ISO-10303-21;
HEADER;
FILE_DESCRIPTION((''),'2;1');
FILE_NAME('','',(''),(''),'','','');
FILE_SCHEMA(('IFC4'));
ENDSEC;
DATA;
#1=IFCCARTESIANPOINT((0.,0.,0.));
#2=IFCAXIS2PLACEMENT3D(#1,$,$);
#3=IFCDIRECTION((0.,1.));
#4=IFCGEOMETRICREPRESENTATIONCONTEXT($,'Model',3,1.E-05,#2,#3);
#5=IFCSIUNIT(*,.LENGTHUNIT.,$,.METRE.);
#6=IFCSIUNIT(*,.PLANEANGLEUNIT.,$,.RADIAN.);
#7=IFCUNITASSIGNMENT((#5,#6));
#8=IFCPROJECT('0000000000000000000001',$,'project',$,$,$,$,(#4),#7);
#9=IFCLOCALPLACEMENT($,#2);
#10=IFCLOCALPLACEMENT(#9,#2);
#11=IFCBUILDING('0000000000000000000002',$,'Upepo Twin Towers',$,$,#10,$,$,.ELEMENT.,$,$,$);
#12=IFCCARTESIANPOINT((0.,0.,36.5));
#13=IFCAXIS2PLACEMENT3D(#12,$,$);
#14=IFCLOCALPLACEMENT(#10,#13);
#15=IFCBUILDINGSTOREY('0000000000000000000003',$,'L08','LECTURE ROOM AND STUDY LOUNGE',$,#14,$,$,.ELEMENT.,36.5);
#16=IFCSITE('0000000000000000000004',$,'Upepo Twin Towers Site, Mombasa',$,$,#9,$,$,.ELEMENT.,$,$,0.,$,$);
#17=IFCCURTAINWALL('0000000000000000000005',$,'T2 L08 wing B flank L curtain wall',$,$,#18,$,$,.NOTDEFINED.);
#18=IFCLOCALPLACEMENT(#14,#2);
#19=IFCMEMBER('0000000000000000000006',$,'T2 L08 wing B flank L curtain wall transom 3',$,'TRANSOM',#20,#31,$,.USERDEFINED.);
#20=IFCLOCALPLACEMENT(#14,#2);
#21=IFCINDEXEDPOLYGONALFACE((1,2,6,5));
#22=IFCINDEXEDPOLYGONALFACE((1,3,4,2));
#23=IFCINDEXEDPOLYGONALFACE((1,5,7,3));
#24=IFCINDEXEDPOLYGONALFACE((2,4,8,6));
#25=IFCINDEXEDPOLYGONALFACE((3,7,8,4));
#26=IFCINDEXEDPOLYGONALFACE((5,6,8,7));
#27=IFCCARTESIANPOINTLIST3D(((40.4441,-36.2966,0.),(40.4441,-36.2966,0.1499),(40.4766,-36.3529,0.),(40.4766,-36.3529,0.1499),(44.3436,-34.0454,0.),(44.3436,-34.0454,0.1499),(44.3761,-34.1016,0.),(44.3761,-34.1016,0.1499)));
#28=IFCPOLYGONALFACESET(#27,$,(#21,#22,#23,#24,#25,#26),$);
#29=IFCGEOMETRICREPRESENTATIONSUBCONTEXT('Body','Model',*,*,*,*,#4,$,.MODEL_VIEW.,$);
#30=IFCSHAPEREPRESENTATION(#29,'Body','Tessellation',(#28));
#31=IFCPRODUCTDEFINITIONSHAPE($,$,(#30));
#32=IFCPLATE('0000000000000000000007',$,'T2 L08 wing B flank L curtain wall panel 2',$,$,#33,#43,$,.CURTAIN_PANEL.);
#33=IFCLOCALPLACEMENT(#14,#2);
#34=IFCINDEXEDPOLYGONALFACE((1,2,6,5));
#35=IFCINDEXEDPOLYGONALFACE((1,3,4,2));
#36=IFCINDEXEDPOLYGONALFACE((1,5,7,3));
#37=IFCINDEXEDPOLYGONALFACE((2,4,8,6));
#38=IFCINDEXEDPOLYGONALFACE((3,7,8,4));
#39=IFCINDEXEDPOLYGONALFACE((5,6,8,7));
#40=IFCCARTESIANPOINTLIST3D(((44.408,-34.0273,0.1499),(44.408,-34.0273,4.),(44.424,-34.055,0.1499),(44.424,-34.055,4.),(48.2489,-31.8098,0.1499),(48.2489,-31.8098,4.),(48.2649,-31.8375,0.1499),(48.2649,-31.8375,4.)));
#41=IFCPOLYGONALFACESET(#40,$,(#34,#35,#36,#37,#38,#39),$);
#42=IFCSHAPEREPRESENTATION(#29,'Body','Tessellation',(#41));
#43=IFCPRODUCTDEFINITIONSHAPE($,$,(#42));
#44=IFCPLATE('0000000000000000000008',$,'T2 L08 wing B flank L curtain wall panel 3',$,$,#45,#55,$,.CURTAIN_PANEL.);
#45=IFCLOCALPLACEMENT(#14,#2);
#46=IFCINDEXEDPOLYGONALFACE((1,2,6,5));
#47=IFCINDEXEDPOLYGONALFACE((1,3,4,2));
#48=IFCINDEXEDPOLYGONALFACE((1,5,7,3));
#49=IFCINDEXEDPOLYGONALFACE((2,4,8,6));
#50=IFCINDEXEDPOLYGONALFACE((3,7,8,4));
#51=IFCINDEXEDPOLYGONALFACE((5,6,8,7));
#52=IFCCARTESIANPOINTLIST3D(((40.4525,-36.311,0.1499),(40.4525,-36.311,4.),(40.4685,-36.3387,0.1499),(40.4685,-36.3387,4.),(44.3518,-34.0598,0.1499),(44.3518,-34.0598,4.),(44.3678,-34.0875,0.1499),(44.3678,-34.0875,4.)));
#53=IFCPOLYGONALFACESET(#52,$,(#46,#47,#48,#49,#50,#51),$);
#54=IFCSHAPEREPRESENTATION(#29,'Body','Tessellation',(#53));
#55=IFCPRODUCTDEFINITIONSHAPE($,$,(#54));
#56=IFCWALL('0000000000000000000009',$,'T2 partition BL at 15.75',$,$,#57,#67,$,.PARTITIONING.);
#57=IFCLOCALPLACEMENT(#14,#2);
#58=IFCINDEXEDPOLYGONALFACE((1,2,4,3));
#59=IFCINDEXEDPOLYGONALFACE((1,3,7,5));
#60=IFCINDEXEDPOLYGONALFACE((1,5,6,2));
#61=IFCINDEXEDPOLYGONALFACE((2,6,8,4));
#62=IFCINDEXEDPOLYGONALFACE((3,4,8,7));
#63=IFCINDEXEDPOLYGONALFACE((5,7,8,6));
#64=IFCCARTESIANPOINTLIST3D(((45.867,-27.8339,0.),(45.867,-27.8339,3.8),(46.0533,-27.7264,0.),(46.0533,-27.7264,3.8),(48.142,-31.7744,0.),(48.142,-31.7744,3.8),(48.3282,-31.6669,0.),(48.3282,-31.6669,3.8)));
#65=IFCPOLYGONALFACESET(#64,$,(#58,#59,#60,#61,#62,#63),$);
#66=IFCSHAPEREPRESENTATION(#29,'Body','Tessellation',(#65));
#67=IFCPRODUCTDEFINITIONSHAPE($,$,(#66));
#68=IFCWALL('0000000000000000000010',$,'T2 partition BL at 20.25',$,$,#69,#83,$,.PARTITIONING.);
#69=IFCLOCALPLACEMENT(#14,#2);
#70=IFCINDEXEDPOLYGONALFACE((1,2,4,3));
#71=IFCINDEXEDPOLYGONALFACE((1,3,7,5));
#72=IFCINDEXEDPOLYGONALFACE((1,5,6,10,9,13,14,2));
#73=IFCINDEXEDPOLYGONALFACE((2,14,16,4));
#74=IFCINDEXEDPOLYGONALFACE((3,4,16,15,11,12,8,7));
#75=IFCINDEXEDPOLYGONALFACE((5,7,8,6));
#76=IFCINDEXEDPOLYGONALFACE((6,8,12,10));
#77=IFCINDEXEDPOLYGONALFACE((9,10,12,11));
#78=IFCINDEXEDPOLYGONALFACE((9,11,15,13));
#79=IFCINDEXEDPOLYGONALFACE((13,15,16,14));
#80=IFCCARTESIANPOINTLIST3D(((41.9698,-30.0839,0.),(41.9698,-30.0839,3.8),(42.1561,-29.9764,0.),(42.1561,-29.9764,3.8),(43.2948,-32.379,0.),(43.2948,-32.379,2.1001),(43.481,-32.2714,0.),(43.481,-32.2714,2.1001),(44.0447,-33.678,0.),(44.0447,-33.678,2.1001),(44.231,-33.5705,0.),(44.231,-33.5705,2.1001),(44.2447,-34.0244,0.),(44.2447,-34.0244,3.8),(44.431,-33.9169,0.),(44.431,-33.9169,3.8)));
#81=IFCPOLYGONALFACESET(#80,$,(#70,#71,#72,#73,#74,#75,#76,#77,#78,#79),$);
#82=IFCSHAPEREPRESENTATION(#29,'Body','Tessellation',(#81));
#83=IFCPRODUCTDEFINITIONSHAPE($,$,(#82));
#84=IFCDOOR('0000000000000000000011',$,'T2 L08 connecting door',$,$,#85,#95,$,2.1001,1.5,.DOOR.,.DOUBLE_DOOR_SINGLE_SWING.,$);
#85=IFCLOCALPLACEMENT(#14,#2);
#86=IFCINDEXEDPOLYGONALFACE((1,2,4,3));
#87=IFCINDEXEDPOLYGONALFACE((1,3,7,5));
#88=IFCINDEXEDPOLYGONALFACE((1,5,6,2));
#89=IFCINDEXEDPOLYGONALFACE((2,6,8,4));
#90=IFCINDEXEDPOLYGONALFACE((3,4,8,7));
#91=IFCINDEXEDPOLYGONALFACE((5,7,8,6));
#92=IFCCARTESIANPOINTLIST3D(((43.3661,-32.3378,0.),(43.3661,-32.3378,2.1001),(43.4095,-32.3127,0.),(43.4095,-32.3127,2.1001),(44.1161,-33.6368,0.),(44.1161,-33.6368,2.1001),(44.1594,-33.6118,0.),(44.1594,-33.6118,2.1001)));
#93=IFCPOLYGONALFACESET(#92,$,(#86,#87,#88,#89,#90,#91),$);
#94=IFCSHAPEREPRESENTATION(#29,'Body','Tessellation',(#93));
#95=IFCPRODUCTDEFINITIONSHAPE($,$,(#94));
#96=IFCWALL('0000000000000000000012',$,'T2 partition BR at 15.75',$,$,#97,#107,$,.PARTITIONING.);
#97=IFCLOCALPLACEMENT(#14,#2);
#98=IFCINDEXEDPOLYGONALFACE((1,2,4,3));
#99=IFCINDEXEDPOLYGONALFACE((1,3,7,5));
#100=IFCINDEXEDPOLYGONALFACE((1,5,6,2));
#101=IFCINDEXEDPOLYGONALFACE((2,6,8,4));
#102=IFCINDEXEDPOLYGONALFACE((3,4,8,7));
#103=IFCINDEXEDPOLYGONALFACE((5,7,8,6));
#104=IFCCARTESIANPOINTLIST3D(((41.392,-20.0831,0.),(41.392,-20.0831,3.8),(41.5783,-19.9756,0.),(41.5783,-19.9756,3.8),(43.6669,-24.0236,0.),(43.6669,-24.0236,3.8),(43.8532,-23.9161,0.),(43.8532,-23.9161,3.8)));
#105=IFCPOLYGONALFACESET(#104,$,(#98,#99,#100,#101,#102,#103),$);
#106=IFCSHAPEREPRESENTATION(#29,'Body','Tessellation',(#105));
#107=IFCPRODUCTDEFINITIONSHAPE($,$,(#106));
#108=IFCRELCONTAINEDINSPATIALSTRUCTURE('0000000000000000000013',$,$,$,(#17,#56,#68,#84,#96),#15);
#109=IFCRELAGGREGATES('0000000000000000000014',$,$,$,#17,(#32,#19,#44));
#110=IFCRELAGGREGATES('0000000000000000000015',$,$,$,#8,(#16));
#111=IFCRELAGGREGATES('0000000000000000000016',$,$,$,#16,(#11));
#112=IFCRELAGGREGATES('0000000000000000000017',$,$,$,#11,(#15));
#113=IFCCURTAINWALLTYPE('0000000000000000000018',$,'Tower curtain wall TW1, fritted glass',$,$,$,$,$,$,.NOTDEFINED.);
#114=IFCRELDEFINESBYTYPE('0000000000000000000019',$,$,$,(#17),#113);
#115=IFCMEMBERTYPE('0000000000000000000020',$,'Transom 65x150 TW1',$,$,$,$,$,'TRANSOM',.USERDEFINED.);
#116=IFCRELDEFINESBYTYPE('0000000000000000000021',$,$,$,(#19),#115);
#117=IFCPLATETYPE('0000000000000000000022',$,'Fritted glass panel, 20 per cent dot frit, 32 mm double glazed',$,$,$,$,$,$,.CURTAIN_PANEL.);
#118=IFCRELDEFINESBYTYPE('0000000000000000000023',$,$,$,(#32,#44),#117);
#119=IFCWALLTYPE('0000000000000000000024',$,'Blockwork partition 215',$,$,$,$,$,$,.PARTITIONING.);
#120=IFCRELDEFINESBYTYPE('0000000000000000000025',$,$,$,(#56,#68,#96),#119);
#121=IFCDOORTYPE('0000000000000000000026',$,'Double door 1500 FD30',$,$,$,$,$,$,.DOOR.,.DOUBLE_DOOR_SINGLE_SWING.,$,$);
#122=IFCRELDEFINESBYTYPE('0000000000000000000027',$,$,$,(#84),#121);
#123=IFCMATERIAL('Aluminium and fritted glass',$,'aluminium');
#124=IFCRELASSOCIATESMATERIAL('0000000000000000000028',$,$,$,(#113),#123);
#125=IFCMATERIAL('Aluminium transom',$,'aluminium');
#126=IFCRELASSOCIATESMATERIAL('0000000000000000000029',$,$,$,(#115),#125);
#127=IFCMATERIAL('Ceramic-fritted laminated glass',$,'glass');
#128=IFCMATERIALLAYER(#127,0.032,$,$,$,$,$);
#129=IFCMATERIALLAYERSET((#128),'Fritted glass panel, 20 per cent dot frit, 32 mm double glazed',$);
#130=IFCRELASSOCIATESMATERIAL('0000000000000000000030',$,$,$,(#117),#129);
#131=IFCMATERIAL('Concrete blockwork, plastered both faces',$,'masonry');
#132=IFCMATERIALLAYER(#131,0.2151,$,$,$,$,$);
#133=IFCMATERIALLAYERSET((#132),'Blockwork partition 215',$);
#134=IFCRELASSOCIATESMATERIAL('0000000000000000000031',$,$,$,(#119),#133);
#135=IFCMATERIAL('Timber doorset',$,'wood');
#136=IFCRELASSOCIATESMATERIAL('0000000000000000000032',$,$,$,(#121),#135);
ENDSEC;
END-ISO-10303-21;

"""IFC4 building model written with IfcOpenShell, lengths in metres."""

from ifc_helpers import new_model, si_unit, direction, frame, frame_2d, origin, origin_2d, place, context, subcontext, project, spatial, rectangle, extrude, material, layer, layer_set, material_profile, profile_set, type_object, element, fill, aggregate, save


model = new_model("IFC4")

# Units and contexts
model_context = context("Model", 3, precision=1e-05, world=origin(), true_north=direction((0.0, 1.0)))
body_context = subcontext(model_context, "Body", "Model", "MODEL_VIEW")
ifc_project = project(units=[si_unit("LENGTHUNIT", "METRE"), si_unit("PLANEANGLEUNIT", "RADIAN")], contexts=[model_context])

# Site, building, storey
site_placement = place(None, origin())
site = spatial("IfcSite", under=ifc_project, at=site_placement, Name="Upepo Twin Towers Site, Mombasa", CompositionType="ELEMENT", RefElevation=0.0)
building_placement = place(site_placement, origin())
building = spatial("IfcBuilding", under=site, at=building_placement, Name="Upepo Twin Towers", CompositionType="ELEMENT")
storey_placement = place(building_placement, frame((0.0, 0.0, 36.5)))
storey = spatial("IfcBuildingStorey", under=building, at=storey_placement, Name="L08", Description="LECTURE ROOM AND STUDY LOUNGE", CompositionType="ELEMENT", Elevation=36.5)

# Curtain wall, member, plates
ifc_material_1 = material(Name="Aluminium and fritted glass", Category="aluminium")
curtain_wall_type = type_object("IfcCurtainWallType", Name="Tower curtain wall TW1, fritted glass", PredefinedType="NOTDEFINED", material=ifc_material_1)
curtain_wall_placement = place(storey_placement, origin())
curtain_wall = element("IfcCurtainWall", 1, at=curtain_wall_placement, inside=storey, type_object=curtain_wall_type, Name="T2 L08 wing B flank L curtain wall", PredefinedType="NOTDEFINED")
ifc_material_2 = material(Name="Aluminium transom", Category="aluminium")
ifc_material_profile_1 = material_profile(ifc_material_2, rectangle(XDim=0.0649, YDim=0.1499, at=origin_2d()), Name="TRANSOM 65x150")
ifc_profile_set_1 = profile_set([ifc_material_profile_1], Name="Aluminium transom")
member_type_1 = type_object("IfcMemberType", Name="Transom 65x150 TW1", ElementType="TRANSOM", PredefinedType="USERDEFINED", material=ifc_profile_set_1)
member_1_placement = place(storey_placement, frame((44.3599, -34.0735, 0.075), z_axis=(-0.866036, -0.499982, 0.0), x_axis=(0.499982, -0.866036, 0.0)))
member_1 = element("IfcMember", 2, at=member_1_placement, type_object=member_type_1, Name="T2 L08 wing B flank L curtain wall transom 3", ObjectType="TRANSOM", PredefinedType="USERDEFINED", context=body_context, shape_type="SweptSolid", body=[
    extrude(rectangle(XDim=0.0649, YDim=0.1499, at=origin_2d()), origin(), (0.0, 0.0, 1.0), 4.5027),
])
ifc_material_3 = material(Name="Ceramic-fritted laminated glass", Category="glass")
ifc_layer_1 = layer(ifc_material_3, 0.032)
ifc_layer_set_1 = layer_set([ifc_layer_1], Name="Fritted glass panel, 20 per cent dot frit, 32 mm double glazed")
plate_type = type_object("IfcPlateType", Name="Fritted glass panel, 20 per cent dot frit, 32 mm double glazed", PredefinedType="CURTAIN_PANEL", material=ifc_layer_set_1)
plate_1_placement = place(storey_placement, frame((46.3364, -32.9324, 0.1499), z_axis=(0.0, 0.0, 1.0), x_axis=(-0.866025, -0.5, 0.0)))
plate_1 = element("IfcPlate", 3, at=plate_1_placement, type_object=plate_type, Name="T2 L08 wing B flank L curtain wall panel 2", PredefinedType="CURTAIN_PANEL", context=body_context, shape_type="SweptSolid", body=[
    extrude(rectangle(XDim=4.4351, YDim=0.032, at=origin_2d()), origin(), (0.0, 0.0, 1.0), 3.8501),
])
plate_2_placement = place(storey_placement, frame((42.4102, -35.1992, 0.1499), z_axis=(0.0, 0.0, 1.0), x_axis=(-0.866025, -0.5, 0.0)))
plate_2 = element("IfcPlate", 4, at=plate_2_placement, type_object=plate_type, Name="T2 L08 wing B flank L curtain wall panel 3", PredefinedType="CURTAIN_PANEL", context=body_context, shape_type="SweptSolid", body=[
    extrude(rectangle(XDim=4.5024, YDim=0.032, at=origin_2d()), origin(), (0.0, 0.0, 1.0), 3.8501),
])
aggregate(curtain_wall, [plate_1, member_1, plate_2])

# Wall
ifc_material_4 = material(Name="Concrete blockwork, plastered both faces", Category="masonry")
ifc_layer_2 = layer(ifc_material_4, 0.2151)
ifc_layer_set_2 = layer_set([ifc_layer_2], Name="Blockwork partition 215")
wall_type_1 = type_object("IfcWallType", Name="Blockwork partition 215", PredefinedType="PARTITIONING", material=ifc_layer_set_2)
wall_1_placement = place(storey_placement, frame((45.9602, -27.7803, 0.0), z_axis=(0.0, 0.0, 1.0), x_axis=(0.499983, -0.866035, 0.0)))
element("IfcWall", 5, at=wall_1_placement, inside=storey, type_object=wall_type_1, Name="T2 partition BL at 15.75", PredefinedType="PARTITIONING", context=body_context, shape_type="SweptSolid", body=[
    extrude(rectangle(XDim=4.55, YDim=0.2151, at=frame_2d((2.2749, 0.0))), origin(), (0.0, 0.0, 1.0), 3.8),
])

# Wall, opening, door
wall_2_placement = place(storey_placement, frame((42.063, -30.0303, 0.0), z_axis=(0.0, 0.0, 1.0), x_axis=(0.499983, -0.866035, 0.0)))
wall_2 = element("IfcWall", 6, at=wall_2_placement, inside=storey, type_object=wall_type_1, Name="T2 partition BL at 20.25", PredefinedType="PARTITIONING", context=body_context, shape_type="SweptSolid", body=[
    extrude(rectangle(XDim=4.55, YDim=0.2151, at=frame_2d((2.2749, 0.0))), origin(), (0.0, 0.0, 1.0), 3.8),
])
opening_1_placement = place(wall_2_placement, frame((2.6499, 0.0, 0.0)))
opening_1 = element("IfcOpeningElement", 7, at=opening_1_placement, cuts=wall_2, PredefinedType="OPENING", context=body_context, shape_type="SweptSolid", body=[
    extrude(rectangle(XDim=1.5, YDim=2.1001, at=frame_2d((0.75, 1.05))), frame((0.0, 0.1174, 0.0), z_axis=(0.0, -1.0, 0.0), x_axis=(1.0, 0.0, 0.0)), (0.0, 0.0, 1.0), 0.2351),
])
ifc_material_5 = material(Name="Timber doorset", Category="wood")
door_type_1 = type_object("IfcDoorType", Name="Double door 1500 FD30", OperationType="DOUBLE_DOOR_SINGLE_SWING", PredefinedType="DOOR", material=ifc_material_5)
door_1_placement = place(opening_1_placement, origin())
door_1 = element("IfcDoor", 8, at=door_1_placement, inside=storey, type_object=door_type_1, Name="T2 L08 connecting door", OperationType="DOUBLE_DOOR_SINGLE_SWING", OverallHeight=2.1001, OverallWidth=1.5, PredefinedType="DOOR", context=body_context, shape_type="SweptSolid", body=[
    extrude(rectangle(XDim=1.5, YDim=2.1001, at=frame_2d((0.75, 1.05))), frame((0.0, 0.0249, 0.0), z_axis=(0.0, -1.0, 0.0), x_axis=(1.0, 0.0, 0.0)), (0.0, 0.0, 1.0), 0.05),
])
fill(opening_1, door_1)

# Wall
wall_3_placement = place(storey_placement, frame((43.76, -23.9697, 0.0), z_axis=(0.0, 0.0, 1.0), x_axis=(-0.499983, 0.866035, 0.0)))
element("IfcWall", 9, at=wall_3_placement, inside=storey, type_object=wall_type_1, Name="T2 partition BR at 15.75", PredefinedType="PARTITIONING", context=body_context, shape_type="SweptSolid", body=[
    extrude(rectangle(XDim=4.55, YDim=0.2151, at=frame_2d((2.2749, 0.0))), origin(), (0.0, 0.0, 1.0), 3.8),
])

save(model, "model.ifc")
